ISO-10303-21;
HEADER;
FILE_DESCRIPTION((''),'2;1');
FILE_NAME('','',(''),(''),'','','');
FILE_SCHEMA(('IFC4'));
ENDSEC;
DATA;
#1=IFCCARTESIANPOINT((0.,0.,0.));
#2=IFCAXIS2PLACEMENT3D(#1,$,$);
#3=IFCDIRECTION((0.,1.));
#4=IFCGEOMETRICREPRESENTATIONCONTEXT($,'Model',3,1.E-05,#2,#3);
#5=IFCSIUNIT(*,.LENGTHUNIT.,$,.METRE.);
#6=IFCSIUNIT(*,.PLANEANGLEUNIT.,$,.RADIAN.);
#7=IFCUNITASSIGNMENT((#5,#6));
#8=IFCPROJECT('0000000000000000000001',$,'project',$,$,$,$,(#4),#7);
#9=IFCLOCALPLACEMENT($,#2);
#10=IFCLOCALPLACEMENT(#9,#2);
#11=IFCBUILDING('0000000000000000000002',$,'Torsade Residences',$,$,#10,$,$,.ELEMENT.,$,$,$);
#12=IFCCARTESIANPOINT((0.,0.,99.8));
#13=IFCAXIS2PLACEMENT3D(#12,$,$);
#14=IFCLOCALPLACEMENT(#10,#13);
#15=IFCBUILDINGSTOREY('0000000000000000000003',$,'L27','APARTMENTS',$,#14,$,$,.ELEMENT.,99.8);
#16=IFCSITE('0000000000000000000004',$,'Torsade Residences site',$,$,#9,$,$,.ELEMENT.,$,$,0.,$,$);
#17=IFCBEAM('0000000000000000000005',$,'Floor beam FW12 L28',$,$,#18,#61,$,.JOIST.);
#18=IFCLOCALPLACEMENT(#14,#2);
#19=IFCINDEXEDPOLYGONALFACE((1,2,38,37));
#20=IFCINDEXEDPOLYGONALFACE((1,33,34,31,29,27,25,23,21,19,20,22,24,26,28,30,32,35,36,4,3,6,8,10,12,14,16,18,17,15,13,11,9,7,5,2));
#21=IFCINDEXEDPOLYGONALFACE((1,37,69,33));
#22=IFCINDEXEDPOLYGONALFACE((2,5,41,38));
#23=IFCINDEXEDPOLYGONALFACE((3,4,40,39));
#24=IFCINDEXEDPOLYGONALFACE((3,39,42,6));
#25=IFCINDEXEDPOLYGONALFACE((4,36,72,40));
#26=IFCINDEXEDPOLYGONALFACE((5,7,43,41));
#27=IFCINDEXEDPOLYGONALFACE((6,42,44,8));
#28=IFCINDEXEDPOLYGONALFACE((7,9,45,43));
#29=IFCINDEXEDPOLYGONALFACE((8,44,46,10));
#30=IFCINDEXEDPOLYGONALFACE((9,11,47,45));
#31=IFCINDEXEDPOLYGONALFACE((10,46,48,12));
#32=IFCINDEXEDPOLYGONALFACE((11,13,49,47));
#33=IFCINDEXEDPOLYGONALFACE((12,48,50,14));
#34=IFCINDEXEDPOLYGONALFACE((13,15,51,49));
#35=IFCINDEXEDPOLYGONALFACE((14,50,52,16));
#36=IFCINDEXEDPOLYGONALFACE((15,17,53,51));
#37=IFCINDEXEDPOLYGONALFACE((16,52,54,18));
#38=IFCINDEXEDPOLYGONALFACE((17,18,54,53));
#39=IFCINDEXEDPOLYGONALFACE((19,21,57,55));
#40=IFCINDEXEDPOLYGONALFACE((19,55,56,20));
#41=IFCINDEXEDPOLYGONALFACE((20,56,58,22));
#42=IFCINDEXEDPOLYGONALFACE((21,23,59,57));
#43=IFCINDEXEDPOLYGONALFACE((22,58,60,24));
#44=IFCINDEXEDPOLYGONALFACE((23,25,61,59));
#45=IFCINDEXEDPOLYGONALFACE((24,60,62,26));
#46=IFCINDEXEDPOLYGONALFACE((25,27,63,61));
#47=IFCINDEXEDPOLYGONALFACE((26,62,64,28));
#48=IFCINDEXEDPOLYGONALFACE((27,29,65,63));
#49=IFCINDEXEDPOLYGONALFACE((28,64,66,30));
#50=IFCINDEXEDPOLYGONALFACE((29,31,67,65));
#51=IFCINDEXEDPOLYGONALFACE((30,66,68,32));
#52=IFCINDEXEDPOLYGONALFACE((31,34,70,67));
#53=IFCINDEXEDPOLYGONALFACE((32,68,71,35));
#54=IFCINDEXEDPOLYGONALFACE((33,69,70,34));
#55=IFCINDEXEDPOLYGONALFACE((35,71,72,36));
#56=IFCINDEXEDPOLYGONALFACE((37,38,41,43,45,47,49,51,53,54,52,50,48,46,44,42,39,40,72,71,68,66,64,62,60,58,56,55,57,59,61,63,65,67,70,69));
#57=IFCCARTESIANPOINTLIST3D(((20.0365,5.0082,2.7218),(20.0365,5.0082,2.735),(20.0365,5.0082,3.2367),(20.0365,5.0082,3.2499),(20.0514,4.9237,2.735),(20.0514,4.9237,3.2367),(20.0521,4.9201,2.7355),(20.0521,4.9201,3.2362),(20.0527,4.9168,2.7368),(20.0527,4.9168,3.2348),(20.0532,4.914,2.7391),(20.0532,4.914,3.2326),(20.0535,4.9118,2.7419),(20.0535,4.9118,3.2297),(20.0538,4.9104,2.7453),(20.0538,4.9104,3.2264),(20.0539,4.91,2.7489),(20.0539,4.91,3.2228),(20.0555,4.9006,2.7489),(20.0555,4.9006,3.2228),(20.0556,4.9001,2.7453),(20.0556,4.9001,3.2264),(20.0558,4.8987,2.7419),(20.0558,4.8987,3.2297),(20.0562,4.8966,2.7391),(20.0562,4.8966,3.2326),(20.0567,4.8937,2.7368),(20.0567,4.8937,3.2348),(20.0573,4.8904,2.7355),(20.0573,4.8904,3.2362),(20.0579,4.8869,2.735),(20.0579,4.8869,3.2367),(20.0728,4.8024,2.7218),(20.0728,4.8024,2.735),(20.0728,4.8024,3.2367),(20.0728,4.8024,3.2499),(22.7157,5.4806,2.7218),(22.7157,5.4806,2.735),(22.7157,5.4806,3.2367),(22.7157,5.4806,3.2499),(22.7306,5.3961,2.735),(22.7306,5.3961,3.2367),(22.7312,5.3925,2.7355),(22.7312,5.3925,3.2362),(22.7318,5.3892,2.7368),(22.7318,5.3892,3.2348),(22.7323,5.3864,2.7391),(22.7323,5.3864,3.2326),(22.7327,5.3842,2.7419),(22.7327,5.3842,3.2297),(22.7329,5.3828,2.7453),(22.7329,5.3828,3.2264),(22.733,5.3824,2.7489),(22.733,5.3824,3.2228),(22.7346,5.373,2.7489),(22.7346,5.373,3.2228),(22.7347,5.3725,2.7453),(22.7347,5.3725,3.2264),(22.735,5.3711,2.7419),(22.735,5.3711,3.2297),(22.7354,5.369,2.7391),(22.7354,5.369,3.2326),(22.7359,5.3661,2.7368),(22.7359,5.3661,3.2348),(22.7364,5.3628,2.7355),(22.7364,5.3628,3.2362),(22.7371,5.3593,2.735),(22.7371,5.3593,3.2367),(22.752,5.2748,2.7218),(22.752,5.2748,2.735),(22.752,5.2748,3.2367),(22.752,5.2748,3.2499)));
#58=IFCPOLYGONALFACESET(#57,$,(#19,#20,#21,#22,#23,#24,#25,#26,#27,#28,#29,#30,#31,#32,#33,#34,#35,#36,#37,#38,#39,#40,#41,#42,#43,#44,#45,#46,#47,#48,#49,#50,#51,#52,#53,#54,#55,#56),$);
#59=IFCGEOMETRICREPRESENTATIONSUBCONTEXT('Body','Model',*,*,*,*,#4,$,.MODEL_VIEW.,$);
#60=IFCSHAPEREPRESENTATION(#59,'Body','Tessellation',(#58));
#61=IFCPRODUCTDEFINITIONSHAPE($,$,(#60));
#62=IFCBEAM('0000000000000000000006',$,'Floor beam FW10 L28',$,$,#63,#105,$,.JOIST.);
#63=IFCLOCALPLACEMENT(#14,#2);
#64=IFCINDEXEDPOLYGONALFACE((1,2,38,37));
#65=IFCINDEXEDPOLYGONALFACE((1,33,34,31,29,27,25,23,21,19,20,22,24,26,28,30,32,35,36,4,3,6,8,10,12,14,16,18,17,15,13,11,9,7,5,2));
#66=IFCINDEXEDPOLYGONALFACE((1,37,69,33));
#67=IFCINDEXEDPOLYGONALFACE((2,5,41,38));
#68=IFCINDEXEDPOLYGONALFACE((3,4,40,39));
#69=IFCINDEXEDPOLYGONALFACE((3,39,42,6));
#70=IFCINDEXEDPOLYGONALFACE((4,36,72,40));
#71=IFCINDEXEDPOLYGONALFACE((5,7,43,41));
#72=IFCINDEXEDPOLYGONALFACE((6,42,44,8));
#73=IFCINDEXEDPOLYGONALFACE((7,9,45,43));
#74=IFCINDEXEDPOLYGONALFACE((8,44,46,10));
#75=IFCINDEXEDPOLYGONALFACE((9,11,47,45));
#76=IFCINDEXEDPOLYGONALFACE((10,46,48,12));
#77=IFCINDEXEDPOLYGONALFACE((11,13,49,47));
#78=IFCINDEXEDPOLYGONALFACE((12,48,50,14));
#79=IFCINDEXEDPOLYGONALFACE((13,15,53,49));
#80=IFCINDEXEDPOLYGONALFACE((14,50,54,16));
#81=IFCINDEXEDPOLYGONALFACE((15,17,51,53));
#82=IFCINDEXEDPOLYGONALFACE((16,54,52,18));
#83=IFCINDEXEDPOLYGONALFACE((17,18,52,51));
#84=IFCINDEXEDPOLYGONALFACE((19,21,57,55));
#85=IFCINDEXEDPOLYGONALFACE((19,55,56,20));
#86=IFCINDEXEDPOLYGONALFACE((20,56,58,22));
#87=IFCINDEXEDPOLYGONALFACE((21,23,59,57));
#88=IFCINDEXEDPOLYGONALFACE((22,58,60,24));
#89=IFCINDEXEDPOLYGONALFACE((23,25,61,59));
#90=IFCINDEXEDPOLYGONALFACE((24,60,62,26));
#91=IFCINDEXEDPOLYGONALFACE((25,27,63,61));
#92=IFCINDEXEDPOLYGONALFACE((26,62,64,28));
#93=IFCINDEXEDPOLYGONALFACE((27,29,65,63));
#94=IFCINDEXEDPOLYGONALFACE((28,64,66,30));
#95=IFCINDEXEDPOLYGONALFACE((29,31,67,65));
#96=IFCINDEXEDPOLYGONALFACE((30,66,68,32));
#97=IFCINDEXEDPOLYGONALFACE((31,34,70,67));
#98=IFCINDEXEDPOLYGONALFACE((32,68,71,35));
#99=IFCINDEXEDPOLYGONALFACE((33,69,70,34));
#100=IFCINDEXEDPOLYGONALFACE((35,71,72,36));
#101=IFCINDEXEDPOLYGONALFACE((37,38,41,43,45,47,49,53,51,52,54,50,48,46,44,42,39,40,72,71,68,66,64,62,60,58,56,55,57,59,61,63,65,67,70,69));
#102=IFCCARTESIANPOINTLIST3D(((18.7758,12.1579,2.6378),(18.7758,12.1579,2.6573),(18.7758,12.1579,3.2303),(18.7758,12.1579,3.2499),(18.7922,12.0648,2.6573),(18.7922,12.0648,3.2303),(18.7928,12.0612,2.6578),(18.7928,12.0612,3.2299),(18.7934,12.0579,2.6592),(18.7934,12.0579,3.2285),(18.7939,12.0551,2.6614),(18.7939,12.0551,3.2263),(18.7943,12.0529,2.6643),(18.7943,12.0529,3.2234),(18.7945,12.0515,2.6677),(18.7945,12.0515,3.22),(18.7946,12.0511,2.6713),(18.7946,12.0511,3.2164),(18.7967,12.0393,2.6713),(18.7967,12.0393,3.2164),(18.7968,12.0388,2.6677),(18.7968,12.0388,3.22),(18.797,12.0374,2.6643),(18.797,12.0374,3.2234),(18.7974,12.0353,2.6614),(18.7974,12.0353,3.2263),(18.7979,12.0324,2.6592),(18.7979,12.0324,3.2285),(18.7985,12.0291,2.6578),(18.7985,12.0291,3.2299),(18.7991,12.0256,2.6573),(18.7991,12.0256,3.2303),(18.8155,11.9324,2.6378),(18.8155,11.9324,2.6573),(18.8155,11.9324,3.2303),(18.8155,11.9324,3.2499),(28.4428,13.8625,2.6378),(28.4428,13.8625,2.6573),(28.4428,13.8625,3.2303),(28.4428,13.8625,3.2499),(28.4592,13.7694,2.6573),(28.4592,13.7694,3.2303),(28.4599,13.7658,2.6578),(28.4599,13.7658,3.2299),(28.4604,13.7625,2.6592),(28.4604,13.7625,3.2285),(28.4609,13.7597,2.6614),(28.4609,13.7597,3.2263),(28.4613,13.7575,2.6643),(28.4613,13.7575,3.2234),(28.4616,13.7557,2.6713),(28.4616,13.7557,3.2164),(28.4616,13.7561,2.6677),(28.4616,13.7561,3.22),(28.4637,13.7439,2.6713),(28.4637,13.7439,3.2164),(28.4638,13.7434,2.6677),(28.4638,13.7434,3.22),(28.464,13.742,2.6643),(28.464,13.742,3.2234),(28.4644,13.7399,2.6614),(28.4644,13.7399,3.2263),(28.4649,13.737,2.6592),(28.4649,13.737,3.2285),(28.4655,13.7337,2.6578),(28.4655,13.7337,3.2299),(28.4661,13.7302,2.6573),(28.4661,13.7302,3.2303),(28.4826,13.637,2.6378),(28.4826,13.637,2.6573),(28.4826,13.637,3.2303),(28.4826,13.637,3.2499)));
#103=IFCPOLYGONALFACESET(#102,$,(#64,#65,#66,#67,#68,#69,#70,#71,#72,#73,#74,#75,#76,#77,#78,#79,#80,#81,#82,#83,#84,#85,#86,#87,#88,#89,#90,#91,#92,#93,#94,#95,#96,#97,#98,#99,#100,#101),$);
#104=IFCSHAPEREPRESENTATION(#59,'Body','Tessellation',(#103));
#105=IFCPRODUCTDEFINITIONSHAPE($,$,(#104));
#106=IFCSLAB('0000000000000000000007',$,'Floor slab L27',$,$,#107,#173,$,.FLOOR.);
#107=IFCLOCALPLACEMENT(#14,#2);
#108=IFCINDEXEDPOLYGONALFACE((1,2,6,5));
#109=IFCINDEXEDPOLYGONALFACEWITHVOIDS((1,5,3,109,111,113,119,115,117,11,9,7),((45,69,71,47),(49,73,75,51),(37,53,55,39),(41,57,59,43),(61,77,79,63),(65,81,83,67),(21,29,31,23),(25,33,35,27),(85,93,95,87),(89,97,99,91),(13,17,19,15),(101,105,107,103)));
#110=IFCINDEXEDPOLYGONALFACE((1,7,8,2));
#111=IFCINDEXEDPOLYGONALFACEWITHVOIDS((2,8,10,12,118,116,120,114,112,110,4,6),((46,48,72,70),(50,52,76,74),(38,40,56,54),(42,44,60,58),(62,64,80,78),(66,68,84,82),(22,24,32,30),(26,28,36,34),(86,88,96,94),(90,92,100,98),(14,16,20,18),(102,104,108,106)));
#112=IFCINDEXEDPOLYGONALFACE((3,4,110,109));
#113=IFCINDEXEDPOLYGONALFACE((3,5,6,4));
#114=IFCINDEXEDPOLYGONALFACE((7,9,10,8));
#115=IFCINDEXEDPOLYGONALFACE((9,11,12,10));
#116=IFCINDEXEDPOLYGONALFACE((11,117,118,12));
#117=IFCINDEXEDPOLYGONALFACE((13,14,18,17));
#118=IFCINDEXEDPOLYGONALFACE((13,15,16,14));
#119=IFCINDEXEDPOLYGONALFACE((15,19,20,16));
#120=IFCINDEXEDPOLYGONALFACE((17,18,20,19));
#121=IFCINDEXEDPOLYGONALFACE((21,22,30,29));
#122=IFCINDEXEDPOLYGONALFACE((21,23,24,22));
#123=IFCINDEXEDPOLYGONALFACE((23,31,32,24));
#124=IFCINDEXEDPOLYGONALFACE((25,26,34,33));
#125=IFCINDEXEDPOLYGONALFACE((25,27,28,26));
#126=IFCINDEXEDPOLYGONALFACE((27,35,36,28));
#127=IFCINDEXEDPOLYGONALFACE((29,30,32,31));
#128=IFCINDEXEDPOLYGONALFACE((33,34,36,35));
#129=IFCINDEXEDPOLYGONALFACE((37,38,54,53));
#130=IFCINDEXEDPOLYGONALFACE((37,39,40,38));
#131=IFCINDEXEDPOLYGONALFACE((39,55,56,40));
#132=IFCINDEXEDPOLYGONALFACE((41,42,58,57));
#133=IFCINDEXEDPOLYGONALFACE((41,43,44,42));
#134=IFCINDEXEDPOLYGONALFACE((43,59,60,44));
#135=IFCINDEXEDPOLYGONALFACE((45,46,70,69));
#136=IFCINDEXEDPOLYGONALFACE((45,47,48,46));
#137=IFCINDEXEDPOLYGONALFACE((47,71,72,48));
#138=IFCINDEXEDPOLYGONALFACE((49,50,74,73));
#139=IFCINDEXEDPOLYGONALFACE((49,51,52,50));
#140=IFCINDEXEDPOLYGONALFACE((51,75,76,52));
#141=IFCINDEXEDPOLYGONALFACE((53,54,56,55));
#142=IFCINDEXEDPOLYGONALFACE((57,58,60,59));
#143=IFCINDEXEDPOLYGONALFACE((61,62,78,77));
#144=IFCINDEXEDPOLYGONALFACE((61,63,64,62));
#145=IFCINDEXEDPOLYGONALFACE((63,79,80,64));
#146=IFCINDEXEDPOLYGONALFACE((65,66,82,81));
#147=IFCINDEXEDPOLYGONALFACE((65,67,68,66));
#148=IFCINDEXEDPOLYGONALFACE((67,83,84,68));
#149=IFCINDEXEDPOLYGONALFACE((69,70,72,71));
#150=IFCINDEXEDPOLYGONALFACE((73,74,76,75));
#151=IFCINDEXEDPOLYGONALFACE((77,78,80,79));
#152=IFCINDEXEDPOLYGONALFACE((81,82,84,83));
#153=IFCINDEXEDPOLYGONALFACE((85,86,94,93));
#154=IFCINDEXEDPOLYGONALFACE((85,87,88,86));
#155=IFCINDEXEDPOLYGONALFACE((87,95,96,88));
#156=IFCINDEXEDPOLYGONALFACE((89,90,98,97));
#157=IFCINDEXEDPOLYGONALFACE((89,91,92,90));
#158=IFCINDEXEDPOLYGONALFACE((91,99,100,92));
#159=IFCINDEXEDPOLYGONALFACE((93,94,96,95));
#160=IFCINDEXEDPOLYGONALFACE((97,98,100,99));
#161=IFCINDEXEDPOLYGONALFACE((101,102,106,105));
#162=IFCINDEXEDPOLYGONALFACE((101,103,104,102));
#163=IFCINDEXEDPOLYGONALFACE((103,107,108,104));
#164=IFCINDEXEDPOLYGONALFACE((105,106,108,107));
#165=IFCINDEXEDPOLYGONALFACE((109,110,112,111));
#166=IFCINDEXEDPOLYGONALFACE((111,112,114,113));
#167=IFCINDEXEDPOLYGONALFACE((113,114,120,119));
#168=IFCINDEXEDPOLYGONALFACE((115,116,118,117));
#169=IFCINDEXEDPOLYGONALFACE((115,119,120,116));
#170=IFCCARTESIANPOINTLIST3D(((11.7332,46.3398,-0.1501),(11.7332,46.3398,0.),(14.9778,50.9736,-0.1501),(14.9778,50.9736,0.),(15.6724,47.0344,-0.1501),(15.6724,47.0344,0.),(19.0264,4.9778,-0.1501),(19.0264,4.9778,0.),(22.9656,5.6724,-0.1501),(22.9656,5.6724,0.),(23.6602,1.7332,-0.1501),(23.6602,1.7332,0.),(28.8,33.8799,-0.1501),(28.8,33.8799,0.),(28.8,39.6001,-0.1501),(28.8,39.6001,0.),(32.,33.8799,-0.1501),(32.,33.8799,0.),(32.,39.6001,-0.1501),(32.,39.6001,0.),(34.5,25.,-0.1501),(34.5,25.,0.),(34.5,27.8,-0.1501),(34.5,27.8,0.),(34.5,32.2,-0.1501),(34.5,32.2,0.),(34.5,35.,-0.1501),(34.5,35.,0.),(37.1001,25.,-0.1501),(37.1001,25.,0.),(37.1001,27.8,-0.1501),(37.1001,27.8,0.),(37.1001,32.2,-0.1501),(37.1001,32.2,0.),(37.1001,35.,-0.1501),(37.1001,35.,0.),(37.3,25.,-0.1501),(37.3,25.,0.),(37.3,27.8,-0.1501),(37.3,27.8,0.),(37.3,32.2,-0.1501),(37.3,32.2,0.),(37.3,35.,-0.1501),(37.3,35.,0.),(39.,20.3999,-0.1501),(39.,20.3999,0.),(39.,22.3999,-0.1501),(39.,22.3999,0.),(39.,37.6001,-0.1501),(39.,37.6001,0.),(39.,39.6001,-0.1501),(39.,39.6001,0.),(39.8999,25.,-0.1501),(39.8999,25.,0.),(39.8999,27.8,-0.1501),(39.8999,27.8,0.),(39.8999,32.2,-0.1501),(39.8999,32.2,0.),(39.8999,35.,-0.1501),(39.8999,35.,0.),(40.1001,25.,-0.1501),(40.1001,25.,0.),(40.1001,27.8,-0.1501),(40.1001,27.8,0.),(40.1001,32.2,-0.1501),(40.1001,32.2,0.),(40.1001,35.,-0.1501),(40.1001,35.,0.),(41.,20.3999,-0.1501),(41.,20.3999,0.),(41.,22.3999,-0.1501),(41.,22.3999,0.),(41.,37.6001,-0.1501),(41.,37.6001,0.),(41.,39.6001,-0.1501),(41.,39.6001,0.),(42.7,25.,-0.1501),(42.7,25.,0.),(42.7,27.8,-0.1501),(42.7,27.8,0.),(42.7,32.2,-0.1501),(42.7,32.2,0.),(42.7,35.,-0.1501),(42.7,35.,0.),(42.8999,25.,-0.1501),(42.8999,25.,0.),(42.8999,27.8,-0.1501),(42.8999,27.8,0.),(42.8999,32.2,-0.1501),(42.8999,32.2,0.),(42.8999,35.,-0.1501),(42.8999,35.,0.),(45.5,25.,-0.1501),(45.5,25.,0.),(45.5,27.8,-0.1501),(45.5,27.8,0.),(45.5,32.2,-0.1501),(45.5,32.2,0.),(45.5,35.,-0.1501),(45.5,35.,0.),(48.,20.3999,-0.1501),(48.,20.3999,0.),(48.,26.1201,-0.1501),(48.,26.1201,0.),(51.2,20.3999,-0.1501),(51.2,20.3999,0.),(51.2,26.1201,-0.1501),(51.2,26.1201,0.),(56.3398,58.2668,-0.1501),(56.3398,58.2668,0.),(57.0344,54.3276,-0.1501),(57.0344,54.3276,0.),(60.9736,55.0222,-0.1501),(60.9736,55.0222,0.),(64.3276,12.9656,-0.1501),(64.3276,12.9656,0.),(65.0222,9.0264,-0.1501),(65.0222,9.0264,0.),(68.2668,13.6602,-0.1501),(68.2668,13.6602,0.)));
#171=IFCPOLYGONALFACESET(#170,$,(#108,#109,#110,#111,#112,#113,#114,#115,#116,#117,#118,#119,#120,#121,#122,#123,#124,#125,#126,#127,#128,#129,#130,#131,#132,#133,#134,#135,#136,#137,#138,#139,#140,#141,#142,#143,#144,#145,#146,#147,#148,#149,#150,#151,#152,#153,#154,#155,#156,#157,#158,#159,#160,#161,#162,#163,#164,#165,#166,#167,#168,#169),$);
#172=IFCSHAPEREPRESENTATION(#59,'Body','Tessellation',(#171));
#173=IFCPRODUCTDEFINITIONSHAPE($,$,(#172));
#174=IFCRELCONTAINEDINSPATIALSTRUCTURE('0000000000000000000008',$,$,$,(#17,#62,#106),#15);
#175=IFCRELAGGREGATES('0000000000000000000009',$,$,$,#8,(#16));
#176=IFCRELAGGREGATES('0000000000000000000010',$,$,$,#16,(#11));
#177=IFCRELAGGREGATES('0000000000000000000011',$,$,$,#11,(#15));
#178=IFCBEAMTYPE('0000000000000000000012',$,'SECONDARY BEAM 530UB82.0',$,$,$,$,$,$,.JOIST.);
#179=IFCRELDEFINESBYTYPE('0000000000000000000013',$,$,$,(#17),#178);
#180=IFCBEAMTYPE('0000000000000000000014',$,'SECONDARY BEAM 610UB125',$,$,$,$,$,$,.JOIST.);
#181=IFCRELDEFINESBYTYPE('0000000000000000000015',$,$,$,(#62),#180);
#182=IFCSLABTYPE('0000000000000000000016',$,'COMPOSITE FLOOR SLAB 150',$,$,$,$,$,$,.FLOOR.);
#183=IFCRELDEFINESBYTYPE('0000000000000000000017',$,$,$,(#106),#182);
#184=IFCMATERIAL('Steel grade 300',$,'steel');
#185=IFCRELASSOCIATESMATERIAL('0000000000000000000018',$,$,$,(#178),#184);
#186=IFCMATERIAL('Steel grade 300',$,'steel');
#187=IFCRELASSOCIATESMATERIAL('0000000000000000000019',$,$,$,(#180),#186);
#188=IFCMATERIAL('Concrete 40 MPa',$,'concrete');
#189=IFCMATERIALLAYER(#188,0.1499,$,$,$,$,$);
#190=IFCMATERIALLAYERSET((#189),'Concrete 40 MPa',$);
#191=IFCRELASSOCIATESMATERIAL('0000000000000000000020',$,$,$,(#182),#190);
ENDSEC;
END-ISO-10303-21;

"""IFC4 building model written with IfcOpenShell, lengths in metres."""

from ifc_helpers import new_model, si_unit, direction, frame, origin, origin_2d, place, context, subcontext, project, spatial, polyline, i_section, outline, extrude, material, layer, layer_set, material_profile, profile_set, type_object, element, save


model = new_model("IFC4")

# Units and contexts
model_context = context("Model", 3, precision=1e-05, world=origin(), true_north=direction((0.0, 1.0)))
body_context = subcontext(model_context, "Body", "Model", "MODEL_VIEW")
ifc_project = project(units=[si_unit("LENGTHUNIT", "METRE"), si_unit("PLANEANGLEUNIT", "RADIAN")], contexts=[model_context])

# Site, building, storey
site_placement = place(None, origin())
site = spatial("IfcSite", under=ifc_project, at=site_placement, Name="Torsade Residences site", CompositionType="ELEMENT", RefElevation=0.0)
building_placement = place(site_placement, origin())
building = spatial("IfcBuilding", under=site, at=building_placement, Name="Torsade Residences", CompositionType="ELEMENT")
storey_placement = place(building_placement, frame((0.0, 0.0, 99.8)))
storey = spatial("IfcBuildingStorey", under=building, at=storey_placement, Name="L27", Description="APARTMENTS", CompositionType="ELEMENT", Elevation=99.8)

# Beams
ifc_material_1 = material(Name="Steel grade 300", Category="steel")
ifc_material_profile_1 = material_profile(ifc_material_1, i_section(OverallWidth=0.209, OverallDepth=0.5281, WebThickness=0.0095, FlangeThickness=0.0132, FilletRadius=0.0139, at=origin_2d()), Name="530UB82.0")
ifc_profile_set_1 = profile_set([ifc_material_profile_1], Name="Steel grade 300")
beam_type_1 = type_object("IfcBeamType", Name="SECONDARY BEAM 530UB82.0", PredefinedType="JOIST", material=ifc_profile_set_1)
beam_1_placement = place(storey_placement, frame((20.0547, 4.9053, 2.9858), z_axis=(0.984808, 0.173647, 0.0), x_axis=(-0.173647, 0.984808, 0.0)))
element("IfcBeam", 1, at=beam_1_placement, inside=storey, type_object=beam_type_1, Name="Floor beam FW12 L28", PredefinedType="JOIST", context=body_context, shape_type="SweptSolid", body=[
    extrude(i_section(OverallWidth=0.209, OverallDepth=0.5281, WebThickness=0.0095, FlangeThickness=0.0132, FilletRadius=0.0139, at=origin_2d()), origin(), (0.0, 0.0, 1.0), 2.7205),
])
ifc_material_2 = material(Name="Steel grade 300", Category="steel")
ifc_material_profile_2 = material_profile(ifc_material_2, i_section(OverallWidth=0.229, OverallDepth=0.6121, WebThickness=0.012, FlangeThickness=0.0195, FilletRadius=0.0139, at=origin_2d()), Name="610UB125")
ifc_profile_set_2 = profile_set([ifc_material_profile_2], Name="Steel grade 300")
beam_type_2 = type_object("IfcBeamType", Name="SECONDARY BEAM 610UB125", PredefinedType="JOIST", material=ifc_profile_set_2)
beam_2_placement = place(storey_placement, frame((18.7957, 12.0452, 2.9438), z_axis=(0.984807, 0.173652, 0.0), x_axis=(-0.173652, 0.984807, 0.0)))
element("IfcBeam", 2, at=beam_2_placement, inside=storey, type_object=beam_type_2, Name="Floor beam FW10 L28", PredefinedType="JOIST", context=body_context, shape_type="SweptSolid", body=[
    extrude(i_section(OverallWidth=0.229, OverallDepth=0.6121, WebThickness=0.012, FlangeThickness=0.0195, FilletRadius=0.0139, at=origin_2d()), origin(), (0.0, 0.0, 1.0), 9.8162),
])

# Slab
ifc_material_3 = material(Name="Concrete 40 MPa", Category="concrete")
ifc_layer_1 = layer(ifc_material_3, 0.1499)
ifc_layer_set_1 = layer_set([ifc_layer_1], Name="Concrete 40 MPa")
slab_type_1 = type_object("IfcSlabType", Name="COMPOSITE FLOOR SLAB 150", PredefinedType="FLOOR", material=ifc_layer_set_1)
slab_1_placement = place(storey_placement, frame((0.0, 0.0, -0.1501)))
element("IfcSlab", 3, at=slab_1_placement, inside=storey, type_object=slab_type_1, Name="Floor slab L27", PredefinedType="FLOOR", context=body_context, shape_type="SweptSolid", body=[
    extrude(outline(polyline([(23.6602, 1.7332), (65.0222, 9.0264), (64.3276, 12.9656), (68.2668, 13.6602), (60.9736, 55.0222), (57.0344, 54.3276), (56.3398, 58.2668), (14.9778, 50.9736), (15.6724, 47.0344), (11.7332, 46.3398), (19.0264, 4.9778), (22.9656, 5.6724), (23.6602, 1.7332)]), holes=[polyline([(51.2, 20.3999), (51.2, 26.1201), (48.0, 26.1201), (48.0, 20.3999), (51.2, 20.3999)]), polyline([(45.5, 27.8), (42.8999, 27.8), (42.8999, 25.0), (45.5, 25.0), (45.5, 27.8)]), polyline([(45.5, 32.2), (45.5, 35.0), (42.8999, 35.0), (42.8999, 32.2), (45.5, 32.2)]), polyline([(42.7, 25.0), (42.7, 27.8), (40.1001, 27.8), (40.1001, 25.0), (42.7, 25.0)]), polyline([(42.7, 32.2), (42.7, 35.0), (40.1001, 35.0), (40.1001, 32.2), (42.7, 32.2)]), polyline([(41.0, 22.3999), (39.0, 22.3999), (39.0, 20.3999), (41.0, 20.3999), (41.0, 22.3999)]), polyline([(41.0, 37.6001), (41.0, 39.6001), (39.0, 39.6001), (39.0, 37.6001), (41.0, 37.6001)]), polyline([(39.8999, 25.0), (39.8999, 27.8), (37.3, 27.8), (37.3, 25.0), (39.8999, 25.0)]), polyline([(39.8999, 35.0), (37.3, 35.0), (37.3, 32.2), (39.8999, 32.2), (39.8999, 35.0)]), polyline([(37.1001, 27.8), (34.5, 27.8), (34.5, 25.0), (37.1001, 25.0), (37.1001, 27.8)]), polyline([(37.1001, 32.2), (37.1001, 35.0), (34.5, 35.0), (34.5, 32.2), (37.1001, 32.2)]), polyline([(32.0, 33.8799), (32.0, 39.6001), (28.8, 39.6001), (28.8, 33.8799), (32.0, 33.8799)])]), origin(), (0.0, 0.0, 1.0), 0.1501),
])

save(model, "model.ifc")
